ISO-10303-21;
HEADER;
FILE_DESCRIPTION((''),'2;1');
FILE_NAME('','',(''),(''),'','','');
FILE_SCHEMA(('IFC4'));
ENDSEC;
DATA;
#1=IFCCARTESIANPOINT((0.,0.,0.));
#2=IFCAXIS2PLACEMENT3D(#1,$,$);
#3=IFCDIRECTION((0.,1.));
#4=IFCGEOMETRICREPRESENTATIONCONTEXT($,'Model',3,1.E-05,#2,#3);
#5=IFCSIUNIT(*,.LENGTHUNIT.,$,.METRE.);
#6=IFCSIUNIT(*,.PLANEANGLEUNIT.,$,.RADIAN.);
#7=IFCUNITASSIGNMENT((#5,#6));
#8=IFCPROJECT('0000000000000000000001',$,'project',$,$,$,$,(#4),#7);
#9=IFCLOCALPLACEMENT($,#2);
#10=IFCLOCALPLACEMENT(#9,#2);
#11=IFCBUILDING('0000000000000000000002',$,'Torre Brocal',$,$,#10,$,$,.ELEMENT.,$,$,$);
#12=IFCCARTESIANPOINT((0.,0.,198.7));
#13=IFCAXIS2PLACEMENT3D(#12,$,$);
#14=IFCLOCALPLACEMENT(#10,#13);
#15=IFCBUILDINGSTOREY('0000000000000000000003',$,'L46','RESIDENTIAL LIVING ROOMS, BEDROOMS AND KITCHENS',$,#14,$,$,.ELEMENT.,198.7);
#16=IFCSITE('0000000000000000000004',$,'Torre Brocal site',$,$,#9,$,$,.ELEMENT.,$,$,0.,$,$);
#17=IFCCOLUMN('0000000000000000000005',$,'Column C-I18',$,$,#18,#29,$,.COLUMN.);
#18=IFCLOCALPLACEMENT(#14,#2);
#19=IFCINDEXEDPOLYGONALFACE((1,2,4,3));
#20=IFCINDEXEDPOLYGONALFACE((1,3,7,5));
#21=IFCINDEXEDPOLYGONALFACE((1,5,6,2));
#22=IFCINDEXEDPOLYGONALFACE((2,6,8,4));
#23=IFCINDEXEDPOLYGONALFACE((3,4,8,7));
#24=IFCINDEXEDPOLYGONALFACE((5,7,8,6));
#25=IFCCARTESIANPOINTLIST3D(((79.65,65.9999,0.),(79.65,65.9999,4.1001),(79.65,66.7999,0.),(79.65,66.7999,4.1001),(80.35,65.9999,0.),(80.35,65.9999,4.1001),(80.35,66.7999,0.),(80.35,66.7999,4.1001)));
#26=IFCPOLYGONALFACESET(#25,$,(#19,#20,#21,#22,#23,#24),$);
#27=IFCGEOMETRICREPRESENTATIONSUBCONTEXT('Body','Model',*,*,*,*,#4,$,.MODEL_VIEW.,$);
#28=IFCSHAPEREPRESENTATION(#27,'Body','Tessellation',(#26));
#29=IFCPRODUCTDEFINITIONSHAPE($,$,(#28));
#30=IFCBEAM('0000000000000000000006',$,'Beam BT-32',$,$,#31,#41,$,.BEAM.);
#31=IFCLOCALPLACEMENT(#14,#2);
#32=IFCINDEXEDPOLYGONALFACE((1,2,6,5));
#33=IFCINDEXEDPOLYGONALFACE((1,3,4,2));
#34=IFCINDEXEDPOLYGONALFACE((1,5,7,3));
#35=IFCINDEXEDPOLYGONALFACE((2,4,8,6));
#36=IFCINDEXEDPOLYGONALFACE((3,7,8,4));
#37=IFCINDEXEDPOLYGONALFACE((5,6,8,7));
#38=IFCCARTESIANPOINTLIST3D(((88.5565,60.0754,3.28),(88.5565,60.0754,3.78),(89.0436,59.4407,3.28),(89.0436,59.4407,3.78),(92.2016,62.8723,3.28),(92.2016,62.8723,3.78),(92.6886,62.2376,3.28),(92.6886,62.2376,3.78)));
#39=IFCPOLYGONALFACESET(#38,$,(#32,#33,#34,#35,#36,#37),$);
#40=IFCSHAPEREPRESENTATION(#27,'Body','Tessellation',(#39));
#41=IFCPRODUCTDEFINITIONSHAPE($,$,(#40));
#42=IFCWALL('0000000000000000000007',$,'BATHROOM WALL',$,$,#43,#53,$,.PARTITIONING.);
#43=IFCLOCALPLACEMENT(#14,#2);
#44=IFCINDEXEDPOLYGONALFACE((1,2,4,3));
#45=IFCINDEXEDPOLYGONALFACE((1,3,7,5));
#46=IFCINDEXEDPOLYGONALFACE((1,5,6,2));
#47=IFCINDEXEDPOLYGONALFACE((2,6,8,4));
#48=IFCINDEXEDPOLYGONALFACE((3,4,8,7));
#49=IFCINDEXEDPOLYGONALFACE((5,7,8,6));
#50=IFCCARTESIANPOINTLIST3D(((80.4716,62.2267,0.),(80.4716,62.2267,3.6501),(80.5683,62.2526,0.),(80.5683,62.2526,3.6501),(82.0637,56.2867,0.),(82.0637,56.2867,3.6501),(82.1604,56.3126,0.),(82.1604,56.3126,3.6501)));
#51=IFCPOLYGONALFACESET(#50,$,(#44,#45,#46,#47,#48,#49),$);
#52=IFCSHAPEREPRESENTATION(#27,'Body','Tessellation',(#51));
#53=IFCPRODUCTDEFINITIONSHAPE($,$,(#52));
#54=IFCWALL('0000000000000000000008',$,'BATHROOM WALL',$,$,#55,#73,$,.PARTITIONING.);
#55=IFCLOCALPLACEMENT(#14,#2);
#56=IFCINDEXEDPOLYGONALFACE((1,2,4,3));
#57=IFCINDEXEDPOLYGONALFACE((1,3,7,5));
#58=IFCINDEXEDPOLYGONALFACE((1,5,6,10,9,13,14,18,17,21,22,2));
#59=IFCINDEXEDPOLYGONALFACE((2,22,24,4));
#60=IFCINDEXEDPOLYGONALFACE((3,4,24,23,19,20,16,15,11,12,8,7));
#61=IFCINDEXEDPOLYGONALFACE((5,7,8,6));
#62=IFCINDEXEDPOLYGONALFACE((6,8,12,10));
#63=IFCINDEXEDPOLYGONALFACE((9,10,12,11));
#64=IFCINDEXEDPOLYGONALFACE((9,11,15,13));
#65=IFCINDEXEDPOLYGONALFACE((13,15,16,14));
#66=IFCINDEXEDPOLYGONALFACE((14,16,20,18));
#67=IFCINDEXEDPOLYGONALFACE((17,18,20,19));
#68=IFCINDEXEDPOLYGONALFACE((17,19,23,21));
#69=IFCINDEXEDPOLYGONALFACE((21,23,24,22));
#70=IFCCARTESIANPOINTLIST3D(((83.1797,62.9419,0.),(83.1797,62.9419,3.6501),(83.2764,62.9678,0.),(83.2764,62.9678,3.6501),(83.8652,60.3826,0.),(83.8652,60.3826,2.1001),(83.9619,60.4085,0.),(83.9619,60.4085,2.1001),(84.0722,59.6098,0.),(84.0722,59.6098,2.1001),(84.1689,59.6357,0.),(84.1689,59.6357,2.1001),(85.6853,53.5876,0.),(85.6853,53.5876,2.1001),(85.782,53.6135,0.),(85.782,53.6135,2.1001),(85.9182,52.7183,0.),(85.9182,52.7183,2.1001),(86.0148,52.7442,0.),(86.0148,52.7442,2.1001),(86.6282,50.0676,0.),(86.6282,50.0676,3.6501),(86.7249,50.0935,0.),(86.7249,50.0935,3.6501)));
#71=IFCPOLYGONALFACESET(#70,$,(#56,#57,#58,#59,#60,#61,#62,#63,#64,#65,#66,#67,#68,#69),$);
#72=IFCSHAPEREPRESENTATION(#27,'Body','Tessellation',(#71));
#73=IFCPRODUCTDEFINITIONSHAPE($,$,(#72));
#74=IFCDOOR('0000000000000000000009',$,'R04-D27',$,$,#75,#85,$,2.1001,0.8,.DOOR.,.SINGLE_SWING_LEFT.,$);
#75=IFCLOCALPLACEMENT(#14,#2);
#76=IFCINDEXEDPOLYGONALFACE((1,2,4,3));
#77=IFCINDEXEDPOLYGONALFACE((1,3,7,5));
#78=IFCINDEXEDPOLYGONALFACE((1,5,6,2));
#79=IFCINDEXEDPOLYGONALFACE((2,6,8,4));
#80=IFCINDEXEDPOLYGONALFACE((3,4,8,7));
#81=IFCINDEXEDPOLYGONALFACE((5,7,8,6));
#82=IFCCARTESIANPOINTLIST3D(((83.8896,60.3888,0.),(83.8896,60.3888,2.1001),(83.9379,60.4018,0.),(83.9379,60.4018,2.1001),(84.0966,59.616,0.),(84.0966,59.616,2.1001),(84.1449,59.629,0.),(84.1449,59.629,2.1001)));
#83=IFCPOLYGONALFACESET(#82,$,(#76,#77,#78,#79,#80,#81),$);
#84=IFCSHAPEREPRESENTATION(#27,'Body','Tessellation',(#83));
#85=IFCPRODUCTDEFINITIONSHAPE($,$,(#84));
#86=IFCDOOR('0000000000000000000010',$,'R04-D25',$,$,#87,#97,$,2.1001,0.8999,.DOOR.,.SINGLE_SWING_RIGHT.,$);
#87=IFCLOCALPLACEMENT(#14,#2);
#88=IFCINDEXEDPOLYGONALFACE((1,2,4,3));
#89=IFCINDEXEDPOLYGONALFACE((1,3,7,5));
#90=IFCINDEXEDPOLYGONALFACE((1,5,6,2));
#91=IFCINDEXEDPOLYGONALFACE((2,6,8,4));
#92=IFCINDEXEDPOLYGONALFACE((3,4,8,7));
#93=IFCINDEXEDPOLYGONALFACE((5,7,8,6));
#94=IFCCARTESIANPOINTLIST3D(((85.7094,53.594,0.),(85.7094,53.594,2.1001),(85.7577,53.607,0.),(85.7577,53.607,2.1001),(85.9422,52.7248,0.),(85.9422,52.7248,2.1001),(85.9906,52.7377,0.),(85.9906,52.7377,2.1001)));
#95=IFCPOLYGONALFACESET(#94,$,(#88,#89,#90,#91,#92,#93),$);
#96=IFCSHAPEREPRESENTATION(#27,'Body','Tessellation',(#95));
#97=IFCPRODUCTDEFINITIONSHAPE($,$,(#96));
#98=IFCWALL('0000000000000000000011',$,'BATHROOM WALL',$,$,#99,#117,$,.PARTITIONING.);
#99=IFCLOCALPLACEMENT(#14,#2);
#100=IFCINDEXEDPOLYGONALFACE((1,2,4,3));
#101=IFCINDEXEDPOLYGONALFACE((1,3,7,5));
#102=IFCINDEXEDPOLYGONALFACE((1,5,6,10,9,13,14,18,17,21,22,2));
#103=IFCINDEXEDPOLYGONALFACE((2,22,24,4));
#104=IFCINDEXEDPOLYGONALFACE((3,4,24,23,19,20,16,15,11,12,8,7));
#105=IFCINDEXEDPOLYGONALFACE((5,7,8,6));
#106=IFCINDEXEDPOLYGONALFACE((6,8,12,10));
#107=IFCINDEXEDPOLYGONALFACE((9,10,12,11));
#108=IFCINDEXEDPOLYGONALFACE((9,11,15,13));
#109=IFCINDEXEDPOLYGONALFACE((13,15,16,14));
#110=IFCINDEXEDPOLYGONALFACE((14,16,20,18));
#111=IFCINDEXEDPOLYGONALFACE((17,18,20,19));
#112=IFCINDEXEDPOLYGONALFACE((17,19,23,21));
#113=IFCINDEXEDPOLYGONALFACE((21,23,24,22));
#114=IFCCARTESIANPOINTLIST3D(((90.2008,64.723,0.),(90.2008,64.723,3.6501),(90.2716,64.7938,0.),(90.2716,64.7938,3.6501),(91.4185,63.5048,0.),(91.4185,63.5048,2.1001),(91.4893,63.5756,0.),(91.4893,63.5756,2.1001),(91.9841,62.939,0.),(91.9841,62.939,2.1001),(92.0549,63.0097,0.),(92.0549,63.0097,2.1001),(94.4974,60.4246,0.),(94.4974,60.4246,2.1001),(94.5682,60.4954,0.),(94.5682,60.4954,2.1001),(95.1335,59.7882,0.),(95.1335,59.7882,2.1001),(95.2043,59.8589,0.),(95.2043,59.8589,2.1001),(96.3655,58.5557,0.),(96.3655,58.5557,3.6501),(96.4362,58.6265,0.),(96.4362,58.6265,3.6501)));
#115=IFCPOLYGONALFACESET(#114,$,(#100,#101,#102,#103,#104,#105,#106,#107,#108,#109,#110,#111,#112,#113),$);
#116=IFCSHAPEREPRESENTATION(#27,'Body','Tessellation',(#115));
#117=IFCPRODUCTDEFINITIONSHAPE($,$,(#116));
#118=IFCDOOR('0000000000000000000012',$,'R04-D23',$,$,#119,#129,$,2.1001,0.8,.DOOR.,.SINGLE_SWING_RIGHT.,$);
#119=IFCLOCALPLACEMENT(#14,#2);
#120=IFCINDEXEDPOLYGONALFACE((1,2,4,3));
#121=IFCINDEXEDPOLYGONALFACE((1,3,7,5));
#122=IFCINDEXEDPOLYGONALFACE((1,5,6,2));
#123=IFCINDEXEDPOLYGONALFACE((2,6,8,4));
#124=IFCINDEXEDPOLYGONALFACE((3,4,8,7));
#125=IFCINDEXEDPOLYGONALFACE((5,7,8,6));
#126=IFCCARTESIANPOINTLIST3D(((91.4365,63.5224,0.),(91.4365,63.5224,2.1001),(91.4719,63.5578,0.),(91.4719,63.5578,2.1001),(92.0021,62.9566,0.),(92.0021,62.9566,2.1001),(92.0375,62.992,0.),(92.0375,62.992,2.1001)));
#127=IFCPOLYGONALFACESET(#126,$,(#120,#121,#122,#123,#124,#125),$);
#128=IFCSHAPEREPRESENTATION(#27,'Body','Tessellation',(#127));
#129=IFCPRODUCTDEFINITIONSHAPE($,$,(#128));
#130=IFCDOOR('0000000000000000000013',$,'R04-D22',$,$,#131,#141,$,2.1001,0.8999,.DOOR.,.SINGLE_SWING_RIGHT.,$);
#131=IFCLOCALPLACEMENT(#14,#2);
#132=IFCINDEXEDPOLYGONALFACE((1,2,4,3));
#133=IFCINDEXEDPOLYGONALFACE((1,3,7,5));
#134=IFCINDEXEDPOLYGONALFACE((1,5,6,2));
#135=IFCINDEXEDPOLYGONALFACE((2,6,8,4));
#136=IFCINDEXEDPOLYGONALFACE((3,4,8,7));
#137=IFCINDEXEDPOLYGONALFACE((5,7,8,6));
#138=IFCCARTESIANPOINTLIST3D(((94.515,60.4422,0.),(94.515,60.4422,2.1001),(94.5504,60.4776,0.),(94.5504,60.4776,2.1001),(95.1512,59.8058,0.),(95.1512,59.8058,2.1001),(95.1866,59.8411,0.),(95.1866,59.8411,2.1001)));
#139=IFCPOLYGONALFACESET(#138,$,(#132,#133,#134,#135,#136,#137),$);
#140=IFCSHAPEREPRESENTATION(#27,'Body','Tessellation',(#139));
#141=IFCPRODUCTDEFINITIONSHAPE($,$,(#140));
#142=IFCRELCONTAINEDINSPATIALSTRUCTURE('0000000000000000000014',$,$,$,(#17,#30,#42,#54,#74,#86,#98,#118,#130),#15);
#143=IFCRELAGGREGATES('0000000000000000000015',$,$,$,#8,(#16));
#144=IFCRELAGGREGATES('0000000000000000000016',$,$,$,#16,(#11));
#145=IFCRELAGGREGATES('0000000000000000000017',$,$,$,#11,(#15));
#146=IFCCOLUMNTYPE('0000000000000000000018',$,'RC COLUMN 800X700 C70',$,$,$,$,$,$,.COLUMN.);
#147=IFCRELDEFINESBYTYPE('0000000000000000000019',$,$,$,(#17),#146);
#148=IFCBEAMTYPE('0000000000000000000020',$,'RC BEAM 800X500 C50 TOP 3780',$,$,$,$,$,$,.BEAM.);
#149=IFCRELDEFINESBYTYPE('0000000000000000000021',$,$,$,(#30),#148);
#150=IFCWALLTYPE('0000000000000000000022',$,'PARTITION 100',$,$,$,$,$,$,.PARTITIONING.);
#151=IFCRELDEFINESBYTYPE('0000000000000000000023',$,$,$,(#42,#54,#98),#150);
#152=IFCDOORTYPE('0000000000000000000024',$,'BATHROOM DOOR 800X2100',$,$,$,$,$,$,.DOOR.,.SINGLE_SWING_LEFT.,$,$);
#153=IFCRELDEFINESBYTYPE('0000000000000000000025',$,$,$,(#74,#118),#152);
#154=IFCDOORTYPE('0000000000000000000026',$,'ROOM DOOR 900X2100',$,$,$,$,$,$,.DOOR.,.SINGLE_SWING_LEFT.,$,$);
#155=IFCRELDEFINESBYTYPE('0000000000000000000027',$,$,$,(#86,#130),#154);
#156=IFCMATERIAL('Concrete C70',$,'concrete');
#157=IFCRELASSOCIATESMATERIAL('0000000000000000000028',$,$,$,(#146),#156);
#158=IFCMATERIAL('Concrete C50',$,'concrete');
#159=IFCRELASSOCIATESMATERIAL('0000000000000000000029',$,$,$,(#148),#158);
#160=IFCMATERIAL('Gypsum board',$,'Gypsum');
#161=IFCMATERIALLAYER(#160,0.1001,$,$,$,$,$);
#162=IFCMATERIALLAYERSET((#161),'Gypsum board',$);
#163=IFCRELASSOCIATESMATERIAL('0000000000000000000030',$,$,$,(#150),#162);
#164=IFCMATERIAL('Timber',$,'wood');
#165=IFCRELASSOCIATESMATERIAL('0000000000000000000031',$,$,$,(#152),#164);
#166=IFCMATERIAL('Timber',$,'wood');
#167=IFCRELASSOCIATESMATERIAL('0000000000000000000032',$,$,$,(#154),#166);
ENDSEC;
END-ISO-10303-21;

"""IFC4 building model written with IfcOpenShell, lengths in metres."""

from ifc_helpers import new_model, si_unit, direction, frame, frame_2d, origin, origin_2d, place, context, subcontext, project, spatial, rectangle, extrude, material, layer, layer_set, material_profile, profile_set, type_object, element, fill, save


model = new_model("IFC4")

# Units and contexts
model_context = context("Model", 3, precision=1e-05, world=origin(), true_north=direction((0.0, 1.0)))
body_context = subcontext(model_context, "Body", "Model", "MODEL_VIEW")
ifc_project = project(units=[si_unit("LENGTHUNIT", "METRE"), si_unit("PLANEANGLEUNIT", "RADIAN")], contexts=[model_context])

# Site, building, storey
site_placement = place(None, origin())
site = spatial("IfcSite", under=ifc_project, at=site_placement, Name="Torre Brocal site", CompositionType="ELEMENT", RefElevation=0.0)
building_placement = place(site_placement, origin())
building = spatial("IfcBuilding", under=site, at=building_placement, Name="Torre Brocal", CompositionType="ELEMENT")
storey_placement = place(building_placement, frame((0.0, 0.0, 198.7)))
storey = spatial("IfcBuildingStorey", under=building, at=storey_placement, Name="L46", Description="RESIDENTIAL LIVING ROOMS, BEDROOMS AND KITCHENS", CompositionType="ELEMENT", Elevation=198.7)

# Column
ifc_material_1 = material(Name="Concrete C70", Category="concrete")
ifc_material_profile_1 = material_profile(ifc_material_1, rectangle(XDim=0.8, YDim=0.7, at=origin_2d()), Name="RC 800X700")
ifc_profile_set_1 = profile_set([ifc_material_profile_1], Name="Concrete C70")
column_type = type_object("IfcColumnType", Name="RC COLUMN 800X700 C70", PredefinedType="COLUMN", material=ifc_profile_set_1)
column_placement = place(storey_placement, frame((80.0, 66.3999, 0.0), z_axis=(0.0, 0.0, 1.0), x_axis=(0.0, -1.0, 0.0)))
element("IfcColumn", 1, at=column_placement, inside=storey, type_object=column_type, Name="Column C-I18", PredefinedType="COLUMN", context=body_context, shape_type="SweptSolid", body=[
    extrude(rectangle(XDim=0.8, YDim=0.7, at=origin_2d()), origin(), (0.0, 0.0, 1.0), 4.1001),
])

# Beam
ifc_material_2 = material(Name="Concrete C50", Category="concrete")
ifc_material_profile_2 = material_profile(ifc_material_2, rectangle(XDim=0.8, YDim=0.5, at=origin_2d()), Name="RC 800X500")
ifc_profile_set_2 = profile_set([ifc_material_profile_2], Name="Concrete C50")
beam_type = type_object("IfcBeamType", Name="RC BEAM 800X500 C50 TOP 3780", PredefinedType="BEAM", material=ifc_profile_set_2)
beam_placement = place(storey_placement, frame((88.8, 59.7581, 3.53), z_axis=(0.793358, 0.608755, 0.0), x_axis=(-0.608755, 0.793358, 0.0)))
element("IfcBeam", 2, at=beam_placement, inside=storey, type_object=beam_type, Name="Beam BT-32", PredefinedType="BEAM", context=body_context, shape_type="SweptSolid", body=[
    extrude(rectangle(XDim=0.8, YDim=0.5, at=origin_2d()), origin(), (0.0, 0.0, 1.0), 4.5945),
])

# Wall
ifc_material_3 = material(Name="Gypsum board", Category="Gypsum")
ifc_layer_1 = layer(ifc_material_3, 0.1001)
ifc_layer_set_1 = layer_set([ifc_layer_1], Name="Gypsum board")
wall_type_1 = type_object("IfcWallType", Name="PARTITION 100", PredefinedType="PARTITIONING", material=ifc_layer_set_1)
wall_1_placement = place(storey_placement, frame((80.52, 62.2395, 0.0), z_axis=(0.0, 0.0, 1.0), x_axis=(0.258886, -0.965908, 0.0)))
element("IfcWall", 3, at=wall_1_placement, inside=storey, type_object=wall_type_1, Name="BATHROOM WALL", PredefinedType="PARTITIONING", context=body_context, shape_type="SweptSolid", body=[
    extrude(rectangle(XDim=6.1497, YDim=0.1001, at=frame_2d((3.0747, 0.0))), origin(), (0.0, 0.0, 1.0), 3.6501),
])

# Walls, openings, doors
wall_2_placement = place(storey_placement, frame((83.228, 62.9548, 0.0), z_axis=(0.0, 0.0, 1.0), x_axis=(0.258738, -0.965948, 0.0)))
wall_2 = element("IfcWall", 4, at=wall_2_placement, inside=storey, type_object=wall_type_1, Name="BATHROOM WALL", PredefinedType="PARTITIONING", context=body_context, shape_type="SweptSolid", body=[
    extrude(rectangle(XDim=13.3281, YDim=0.1001, at=frame_2d((6.6641, 0.0))), origin(), (0.0, 0.0, 1.0), 3.6501),
])
opening_1_placement = place(wall_2_placement, frame((9.6841, 0.0, 0.0)))
opening_1 = element("IfcOpeningElement", 5, at=opening_1_placement, cuts=wall_2, PredefinedType="OPENING", context=body_context, shape_type="SweptSolid", body=[
    extrude(rectangle(XDim=0.8999, YDim=2.1001, at=frame_2d((0.45, 1.05))), frame((0.0, 0.0601, 0.0), z_axis=(0.0, -1.0, 0.0), x_axis=(1.0, 0.0, 0.0)), (0.0, 0.0, 1.0), 0.1201),
])
opening_2_placement = place(wall_2_placement, frame((2.6497, 0.0, 0.0)))
opening_2 = element("IfcOpeningElement", 6, at=opening_2_placement, cuts=wall_2, PredefinedType="OPENING", context=body_context, shape_type="SweptSolid", body=[
    extrude(rectangle(XDim=0.8, YDim=2.1001, at=frame_2d((0.3999, 1.05))), frame((0.0, 0.0601, 0.0), z_axis=(0.0, -1.0, 0.0), x_axis=(1.0, 0.0, 0.0)), (0.0, 0.0, 1.0), 0.1201),
])
ifc_material_4 = material(Name="Timber", Category="wood")
door_type_1 = type_object("IfcDoorType", Name="BATHROOM DOOR 800X2100", OperationType="SINGLE_SWING_LEFT", PredefinedType="DOOR", material=ifc_material_4)
door_1_placement = place(opening_2_placement, frame((0.8, 0.0, 0.0), z_axis=(0.0, 0.0, 1.0), x_axis=(-1.0, 0.0, 0.0)))
door_1 = element("IfcDoor", 7, at=door_1_placement, inside=storey, type_object=door_type_1, Name="R04-D27", OperationType="SINGLE_SWING_LEFT", OverallHeight=2.1001, OverallWidth=0.8, PredefinedType="DOOR", context=body_context, shape_type="SweptSolid", body=[
    extrude(rectangle(XDim=0.8, YDim=2.1001, at=frame_2d((0.3999, 1.05))), frame((0.0, 0.0249, 0.0), z_axis=(0.0, -1.0, 0.0), x_axis=(1.0, 0.0, 0.0)), (0.0, 0.0, 1.0), 0.05),
])
fill(opening_2, door_1)
ifc_material_5 = material(Name="Timber", Category="wood")
door_type_2 = type_object("IfcDoorType", Name="ROOM DOOR 900X2100", OperationType="SINGLE_SWING_LEFT", PredefinedType="DOOR", material=ifc_material_5)
door_2_placement = place(opening_1_placement, origin())
door_2 = element("IfcDoor", 8, at=door_2_placement, inside=storey, type_object=door_type_2, Name="R04-D25", OperationType="SINGLE_SWING_RIGHT", OverallHeight=2.1001, OverallWidth=0.8999, PredefinedType="DOOR", context=body_context, shape_type="SweptSolid", body=[
    extrude(rectangle(XDim=0.8999, YDim=2.1001, at=frame_2d((0.45, 1.05))), frame((0.0, 0.0249, 0.0), z_axis=(0.0, -1.0, 0.0), x_axis=(1.0, 0.0, 0.0)), (0.0, 0.0, 1.0), 0.05),
])
fill(opening_1, door_2)
wall_3_placement = place(storey_placement, frame((90.2363, 64.7583, 0.0), z_axis=(0.0, 0.0, 1.0), x_axis=(0.706953, -0.707261, 0.0)))
wall_3 = element("IfcWall", 9, at=wall_3_placement, inside=storey, type_object=wall_type_1, Name="BATHROOM WALL", PredefinedType="PARTITIONING", context=body_context, shape_type="SweptSolid", body=[
    extrude(rectangle(XDim=8.72, YDim=0.1001, at=frame_2d((4.3599, 0.0))), origin(), (0.0, 0.0, 1.0), 3.6501),
])
opening_3_placement = place(wall_3_placement, frame((6.0774, 0.0, 0.0)))
opening_3 = element("IfcOpeningElement", 10, at=opening_3_placement, cuts=wall_3, PredefinedType="OPENING", context=body_context, shape_type="SweptSolid", body=[
    extrude(rectangle(XDim=0.8999, YDim=2.1001, at=frame_2d((0.45, 1.05))), frame((0.0, 0.0601, 0.0), z_axis=(0.0, -1.0, 0.0), x_axis=(1.0, 0.0, 0.0)), (0.0, 0.0, 1.0), 0.1201),
])
opening_4_placement = place(wall_3_placement, frame((1.7224, 0.0, 0.0)))
opening_4 = element("IfcOpeningElement", 11, at=opening_4_placement, cuts=wall_3, PredefinedType="OPENING", context=body_context, shape_type="SweptSolid", body=[
    extrude(rectangle(XDim=0.8, YDim=2.1001, at=frame_2d((0.3999, 1.05))), frame((0.0, 0.0601, 0.0), z_axis=(0.0, -1.0, 0.0), x_axis=(1.0, 0.0, 0.0)), (0.0, 0.0, 1.0), 0.1201),
])
door_3_placement = place(opening_4_placement, frame((0.8, 0.0, 0.0), z_axis=(0.0, 0.0, 1.0), x_axis=(-1.0, 0.0, 0.0)))
door_3 = element("IfcDoor", 12, at=door_3_placement, inside=storey, type_object=door_type_1, Name="R04-D23", OperationType="SINGLE_SWING_RIGHT", OverallHeight=2.1001, OverallWidth=0.8, PredefinedType="DOOR", context=body_context, shape_type="SweptSolid", body=[
    extrude(rectangle(XDim=0.8, YDim=2.1001, at=frame_2d((0.3999, 1.05))), frame((0.0, 0.0249, 0.0), z_axis=(0.0, -1.0, 0.0), x_axis=(1.0, 0.0, 0.0)), (0.0, 0.0, 1.0), 0.05),
])
fill(opening_4, door_3)
door_4_placement = place(opening_3_placement, origin())
door_4 = element("IfcDoor", 13, at=door_4_placement, inside=storey, type_object=door_type_2, Name="R04-D22", OperationType="SINGLE_SWING_RIGHT", OverallHeight=2.1001, OverallWidth=0.8999, PredefinedType="DOOR", context=body_context, shape_type="SweptSolid", body=[
    extrude(rectangle(XDim=0.8999, YDim=2.1001, at=frame_2d((0.45, 1.05))), frame((0.0, 0.0249, 0.0), z_axis=(0.0, -1.0, 0.0), x_axis=(1.0, 0.0, 0.0)), (0.0, 0.0, 1.0), 0.05),
])
fill(opening_3, door_4)

save(model, "model.ifc")
